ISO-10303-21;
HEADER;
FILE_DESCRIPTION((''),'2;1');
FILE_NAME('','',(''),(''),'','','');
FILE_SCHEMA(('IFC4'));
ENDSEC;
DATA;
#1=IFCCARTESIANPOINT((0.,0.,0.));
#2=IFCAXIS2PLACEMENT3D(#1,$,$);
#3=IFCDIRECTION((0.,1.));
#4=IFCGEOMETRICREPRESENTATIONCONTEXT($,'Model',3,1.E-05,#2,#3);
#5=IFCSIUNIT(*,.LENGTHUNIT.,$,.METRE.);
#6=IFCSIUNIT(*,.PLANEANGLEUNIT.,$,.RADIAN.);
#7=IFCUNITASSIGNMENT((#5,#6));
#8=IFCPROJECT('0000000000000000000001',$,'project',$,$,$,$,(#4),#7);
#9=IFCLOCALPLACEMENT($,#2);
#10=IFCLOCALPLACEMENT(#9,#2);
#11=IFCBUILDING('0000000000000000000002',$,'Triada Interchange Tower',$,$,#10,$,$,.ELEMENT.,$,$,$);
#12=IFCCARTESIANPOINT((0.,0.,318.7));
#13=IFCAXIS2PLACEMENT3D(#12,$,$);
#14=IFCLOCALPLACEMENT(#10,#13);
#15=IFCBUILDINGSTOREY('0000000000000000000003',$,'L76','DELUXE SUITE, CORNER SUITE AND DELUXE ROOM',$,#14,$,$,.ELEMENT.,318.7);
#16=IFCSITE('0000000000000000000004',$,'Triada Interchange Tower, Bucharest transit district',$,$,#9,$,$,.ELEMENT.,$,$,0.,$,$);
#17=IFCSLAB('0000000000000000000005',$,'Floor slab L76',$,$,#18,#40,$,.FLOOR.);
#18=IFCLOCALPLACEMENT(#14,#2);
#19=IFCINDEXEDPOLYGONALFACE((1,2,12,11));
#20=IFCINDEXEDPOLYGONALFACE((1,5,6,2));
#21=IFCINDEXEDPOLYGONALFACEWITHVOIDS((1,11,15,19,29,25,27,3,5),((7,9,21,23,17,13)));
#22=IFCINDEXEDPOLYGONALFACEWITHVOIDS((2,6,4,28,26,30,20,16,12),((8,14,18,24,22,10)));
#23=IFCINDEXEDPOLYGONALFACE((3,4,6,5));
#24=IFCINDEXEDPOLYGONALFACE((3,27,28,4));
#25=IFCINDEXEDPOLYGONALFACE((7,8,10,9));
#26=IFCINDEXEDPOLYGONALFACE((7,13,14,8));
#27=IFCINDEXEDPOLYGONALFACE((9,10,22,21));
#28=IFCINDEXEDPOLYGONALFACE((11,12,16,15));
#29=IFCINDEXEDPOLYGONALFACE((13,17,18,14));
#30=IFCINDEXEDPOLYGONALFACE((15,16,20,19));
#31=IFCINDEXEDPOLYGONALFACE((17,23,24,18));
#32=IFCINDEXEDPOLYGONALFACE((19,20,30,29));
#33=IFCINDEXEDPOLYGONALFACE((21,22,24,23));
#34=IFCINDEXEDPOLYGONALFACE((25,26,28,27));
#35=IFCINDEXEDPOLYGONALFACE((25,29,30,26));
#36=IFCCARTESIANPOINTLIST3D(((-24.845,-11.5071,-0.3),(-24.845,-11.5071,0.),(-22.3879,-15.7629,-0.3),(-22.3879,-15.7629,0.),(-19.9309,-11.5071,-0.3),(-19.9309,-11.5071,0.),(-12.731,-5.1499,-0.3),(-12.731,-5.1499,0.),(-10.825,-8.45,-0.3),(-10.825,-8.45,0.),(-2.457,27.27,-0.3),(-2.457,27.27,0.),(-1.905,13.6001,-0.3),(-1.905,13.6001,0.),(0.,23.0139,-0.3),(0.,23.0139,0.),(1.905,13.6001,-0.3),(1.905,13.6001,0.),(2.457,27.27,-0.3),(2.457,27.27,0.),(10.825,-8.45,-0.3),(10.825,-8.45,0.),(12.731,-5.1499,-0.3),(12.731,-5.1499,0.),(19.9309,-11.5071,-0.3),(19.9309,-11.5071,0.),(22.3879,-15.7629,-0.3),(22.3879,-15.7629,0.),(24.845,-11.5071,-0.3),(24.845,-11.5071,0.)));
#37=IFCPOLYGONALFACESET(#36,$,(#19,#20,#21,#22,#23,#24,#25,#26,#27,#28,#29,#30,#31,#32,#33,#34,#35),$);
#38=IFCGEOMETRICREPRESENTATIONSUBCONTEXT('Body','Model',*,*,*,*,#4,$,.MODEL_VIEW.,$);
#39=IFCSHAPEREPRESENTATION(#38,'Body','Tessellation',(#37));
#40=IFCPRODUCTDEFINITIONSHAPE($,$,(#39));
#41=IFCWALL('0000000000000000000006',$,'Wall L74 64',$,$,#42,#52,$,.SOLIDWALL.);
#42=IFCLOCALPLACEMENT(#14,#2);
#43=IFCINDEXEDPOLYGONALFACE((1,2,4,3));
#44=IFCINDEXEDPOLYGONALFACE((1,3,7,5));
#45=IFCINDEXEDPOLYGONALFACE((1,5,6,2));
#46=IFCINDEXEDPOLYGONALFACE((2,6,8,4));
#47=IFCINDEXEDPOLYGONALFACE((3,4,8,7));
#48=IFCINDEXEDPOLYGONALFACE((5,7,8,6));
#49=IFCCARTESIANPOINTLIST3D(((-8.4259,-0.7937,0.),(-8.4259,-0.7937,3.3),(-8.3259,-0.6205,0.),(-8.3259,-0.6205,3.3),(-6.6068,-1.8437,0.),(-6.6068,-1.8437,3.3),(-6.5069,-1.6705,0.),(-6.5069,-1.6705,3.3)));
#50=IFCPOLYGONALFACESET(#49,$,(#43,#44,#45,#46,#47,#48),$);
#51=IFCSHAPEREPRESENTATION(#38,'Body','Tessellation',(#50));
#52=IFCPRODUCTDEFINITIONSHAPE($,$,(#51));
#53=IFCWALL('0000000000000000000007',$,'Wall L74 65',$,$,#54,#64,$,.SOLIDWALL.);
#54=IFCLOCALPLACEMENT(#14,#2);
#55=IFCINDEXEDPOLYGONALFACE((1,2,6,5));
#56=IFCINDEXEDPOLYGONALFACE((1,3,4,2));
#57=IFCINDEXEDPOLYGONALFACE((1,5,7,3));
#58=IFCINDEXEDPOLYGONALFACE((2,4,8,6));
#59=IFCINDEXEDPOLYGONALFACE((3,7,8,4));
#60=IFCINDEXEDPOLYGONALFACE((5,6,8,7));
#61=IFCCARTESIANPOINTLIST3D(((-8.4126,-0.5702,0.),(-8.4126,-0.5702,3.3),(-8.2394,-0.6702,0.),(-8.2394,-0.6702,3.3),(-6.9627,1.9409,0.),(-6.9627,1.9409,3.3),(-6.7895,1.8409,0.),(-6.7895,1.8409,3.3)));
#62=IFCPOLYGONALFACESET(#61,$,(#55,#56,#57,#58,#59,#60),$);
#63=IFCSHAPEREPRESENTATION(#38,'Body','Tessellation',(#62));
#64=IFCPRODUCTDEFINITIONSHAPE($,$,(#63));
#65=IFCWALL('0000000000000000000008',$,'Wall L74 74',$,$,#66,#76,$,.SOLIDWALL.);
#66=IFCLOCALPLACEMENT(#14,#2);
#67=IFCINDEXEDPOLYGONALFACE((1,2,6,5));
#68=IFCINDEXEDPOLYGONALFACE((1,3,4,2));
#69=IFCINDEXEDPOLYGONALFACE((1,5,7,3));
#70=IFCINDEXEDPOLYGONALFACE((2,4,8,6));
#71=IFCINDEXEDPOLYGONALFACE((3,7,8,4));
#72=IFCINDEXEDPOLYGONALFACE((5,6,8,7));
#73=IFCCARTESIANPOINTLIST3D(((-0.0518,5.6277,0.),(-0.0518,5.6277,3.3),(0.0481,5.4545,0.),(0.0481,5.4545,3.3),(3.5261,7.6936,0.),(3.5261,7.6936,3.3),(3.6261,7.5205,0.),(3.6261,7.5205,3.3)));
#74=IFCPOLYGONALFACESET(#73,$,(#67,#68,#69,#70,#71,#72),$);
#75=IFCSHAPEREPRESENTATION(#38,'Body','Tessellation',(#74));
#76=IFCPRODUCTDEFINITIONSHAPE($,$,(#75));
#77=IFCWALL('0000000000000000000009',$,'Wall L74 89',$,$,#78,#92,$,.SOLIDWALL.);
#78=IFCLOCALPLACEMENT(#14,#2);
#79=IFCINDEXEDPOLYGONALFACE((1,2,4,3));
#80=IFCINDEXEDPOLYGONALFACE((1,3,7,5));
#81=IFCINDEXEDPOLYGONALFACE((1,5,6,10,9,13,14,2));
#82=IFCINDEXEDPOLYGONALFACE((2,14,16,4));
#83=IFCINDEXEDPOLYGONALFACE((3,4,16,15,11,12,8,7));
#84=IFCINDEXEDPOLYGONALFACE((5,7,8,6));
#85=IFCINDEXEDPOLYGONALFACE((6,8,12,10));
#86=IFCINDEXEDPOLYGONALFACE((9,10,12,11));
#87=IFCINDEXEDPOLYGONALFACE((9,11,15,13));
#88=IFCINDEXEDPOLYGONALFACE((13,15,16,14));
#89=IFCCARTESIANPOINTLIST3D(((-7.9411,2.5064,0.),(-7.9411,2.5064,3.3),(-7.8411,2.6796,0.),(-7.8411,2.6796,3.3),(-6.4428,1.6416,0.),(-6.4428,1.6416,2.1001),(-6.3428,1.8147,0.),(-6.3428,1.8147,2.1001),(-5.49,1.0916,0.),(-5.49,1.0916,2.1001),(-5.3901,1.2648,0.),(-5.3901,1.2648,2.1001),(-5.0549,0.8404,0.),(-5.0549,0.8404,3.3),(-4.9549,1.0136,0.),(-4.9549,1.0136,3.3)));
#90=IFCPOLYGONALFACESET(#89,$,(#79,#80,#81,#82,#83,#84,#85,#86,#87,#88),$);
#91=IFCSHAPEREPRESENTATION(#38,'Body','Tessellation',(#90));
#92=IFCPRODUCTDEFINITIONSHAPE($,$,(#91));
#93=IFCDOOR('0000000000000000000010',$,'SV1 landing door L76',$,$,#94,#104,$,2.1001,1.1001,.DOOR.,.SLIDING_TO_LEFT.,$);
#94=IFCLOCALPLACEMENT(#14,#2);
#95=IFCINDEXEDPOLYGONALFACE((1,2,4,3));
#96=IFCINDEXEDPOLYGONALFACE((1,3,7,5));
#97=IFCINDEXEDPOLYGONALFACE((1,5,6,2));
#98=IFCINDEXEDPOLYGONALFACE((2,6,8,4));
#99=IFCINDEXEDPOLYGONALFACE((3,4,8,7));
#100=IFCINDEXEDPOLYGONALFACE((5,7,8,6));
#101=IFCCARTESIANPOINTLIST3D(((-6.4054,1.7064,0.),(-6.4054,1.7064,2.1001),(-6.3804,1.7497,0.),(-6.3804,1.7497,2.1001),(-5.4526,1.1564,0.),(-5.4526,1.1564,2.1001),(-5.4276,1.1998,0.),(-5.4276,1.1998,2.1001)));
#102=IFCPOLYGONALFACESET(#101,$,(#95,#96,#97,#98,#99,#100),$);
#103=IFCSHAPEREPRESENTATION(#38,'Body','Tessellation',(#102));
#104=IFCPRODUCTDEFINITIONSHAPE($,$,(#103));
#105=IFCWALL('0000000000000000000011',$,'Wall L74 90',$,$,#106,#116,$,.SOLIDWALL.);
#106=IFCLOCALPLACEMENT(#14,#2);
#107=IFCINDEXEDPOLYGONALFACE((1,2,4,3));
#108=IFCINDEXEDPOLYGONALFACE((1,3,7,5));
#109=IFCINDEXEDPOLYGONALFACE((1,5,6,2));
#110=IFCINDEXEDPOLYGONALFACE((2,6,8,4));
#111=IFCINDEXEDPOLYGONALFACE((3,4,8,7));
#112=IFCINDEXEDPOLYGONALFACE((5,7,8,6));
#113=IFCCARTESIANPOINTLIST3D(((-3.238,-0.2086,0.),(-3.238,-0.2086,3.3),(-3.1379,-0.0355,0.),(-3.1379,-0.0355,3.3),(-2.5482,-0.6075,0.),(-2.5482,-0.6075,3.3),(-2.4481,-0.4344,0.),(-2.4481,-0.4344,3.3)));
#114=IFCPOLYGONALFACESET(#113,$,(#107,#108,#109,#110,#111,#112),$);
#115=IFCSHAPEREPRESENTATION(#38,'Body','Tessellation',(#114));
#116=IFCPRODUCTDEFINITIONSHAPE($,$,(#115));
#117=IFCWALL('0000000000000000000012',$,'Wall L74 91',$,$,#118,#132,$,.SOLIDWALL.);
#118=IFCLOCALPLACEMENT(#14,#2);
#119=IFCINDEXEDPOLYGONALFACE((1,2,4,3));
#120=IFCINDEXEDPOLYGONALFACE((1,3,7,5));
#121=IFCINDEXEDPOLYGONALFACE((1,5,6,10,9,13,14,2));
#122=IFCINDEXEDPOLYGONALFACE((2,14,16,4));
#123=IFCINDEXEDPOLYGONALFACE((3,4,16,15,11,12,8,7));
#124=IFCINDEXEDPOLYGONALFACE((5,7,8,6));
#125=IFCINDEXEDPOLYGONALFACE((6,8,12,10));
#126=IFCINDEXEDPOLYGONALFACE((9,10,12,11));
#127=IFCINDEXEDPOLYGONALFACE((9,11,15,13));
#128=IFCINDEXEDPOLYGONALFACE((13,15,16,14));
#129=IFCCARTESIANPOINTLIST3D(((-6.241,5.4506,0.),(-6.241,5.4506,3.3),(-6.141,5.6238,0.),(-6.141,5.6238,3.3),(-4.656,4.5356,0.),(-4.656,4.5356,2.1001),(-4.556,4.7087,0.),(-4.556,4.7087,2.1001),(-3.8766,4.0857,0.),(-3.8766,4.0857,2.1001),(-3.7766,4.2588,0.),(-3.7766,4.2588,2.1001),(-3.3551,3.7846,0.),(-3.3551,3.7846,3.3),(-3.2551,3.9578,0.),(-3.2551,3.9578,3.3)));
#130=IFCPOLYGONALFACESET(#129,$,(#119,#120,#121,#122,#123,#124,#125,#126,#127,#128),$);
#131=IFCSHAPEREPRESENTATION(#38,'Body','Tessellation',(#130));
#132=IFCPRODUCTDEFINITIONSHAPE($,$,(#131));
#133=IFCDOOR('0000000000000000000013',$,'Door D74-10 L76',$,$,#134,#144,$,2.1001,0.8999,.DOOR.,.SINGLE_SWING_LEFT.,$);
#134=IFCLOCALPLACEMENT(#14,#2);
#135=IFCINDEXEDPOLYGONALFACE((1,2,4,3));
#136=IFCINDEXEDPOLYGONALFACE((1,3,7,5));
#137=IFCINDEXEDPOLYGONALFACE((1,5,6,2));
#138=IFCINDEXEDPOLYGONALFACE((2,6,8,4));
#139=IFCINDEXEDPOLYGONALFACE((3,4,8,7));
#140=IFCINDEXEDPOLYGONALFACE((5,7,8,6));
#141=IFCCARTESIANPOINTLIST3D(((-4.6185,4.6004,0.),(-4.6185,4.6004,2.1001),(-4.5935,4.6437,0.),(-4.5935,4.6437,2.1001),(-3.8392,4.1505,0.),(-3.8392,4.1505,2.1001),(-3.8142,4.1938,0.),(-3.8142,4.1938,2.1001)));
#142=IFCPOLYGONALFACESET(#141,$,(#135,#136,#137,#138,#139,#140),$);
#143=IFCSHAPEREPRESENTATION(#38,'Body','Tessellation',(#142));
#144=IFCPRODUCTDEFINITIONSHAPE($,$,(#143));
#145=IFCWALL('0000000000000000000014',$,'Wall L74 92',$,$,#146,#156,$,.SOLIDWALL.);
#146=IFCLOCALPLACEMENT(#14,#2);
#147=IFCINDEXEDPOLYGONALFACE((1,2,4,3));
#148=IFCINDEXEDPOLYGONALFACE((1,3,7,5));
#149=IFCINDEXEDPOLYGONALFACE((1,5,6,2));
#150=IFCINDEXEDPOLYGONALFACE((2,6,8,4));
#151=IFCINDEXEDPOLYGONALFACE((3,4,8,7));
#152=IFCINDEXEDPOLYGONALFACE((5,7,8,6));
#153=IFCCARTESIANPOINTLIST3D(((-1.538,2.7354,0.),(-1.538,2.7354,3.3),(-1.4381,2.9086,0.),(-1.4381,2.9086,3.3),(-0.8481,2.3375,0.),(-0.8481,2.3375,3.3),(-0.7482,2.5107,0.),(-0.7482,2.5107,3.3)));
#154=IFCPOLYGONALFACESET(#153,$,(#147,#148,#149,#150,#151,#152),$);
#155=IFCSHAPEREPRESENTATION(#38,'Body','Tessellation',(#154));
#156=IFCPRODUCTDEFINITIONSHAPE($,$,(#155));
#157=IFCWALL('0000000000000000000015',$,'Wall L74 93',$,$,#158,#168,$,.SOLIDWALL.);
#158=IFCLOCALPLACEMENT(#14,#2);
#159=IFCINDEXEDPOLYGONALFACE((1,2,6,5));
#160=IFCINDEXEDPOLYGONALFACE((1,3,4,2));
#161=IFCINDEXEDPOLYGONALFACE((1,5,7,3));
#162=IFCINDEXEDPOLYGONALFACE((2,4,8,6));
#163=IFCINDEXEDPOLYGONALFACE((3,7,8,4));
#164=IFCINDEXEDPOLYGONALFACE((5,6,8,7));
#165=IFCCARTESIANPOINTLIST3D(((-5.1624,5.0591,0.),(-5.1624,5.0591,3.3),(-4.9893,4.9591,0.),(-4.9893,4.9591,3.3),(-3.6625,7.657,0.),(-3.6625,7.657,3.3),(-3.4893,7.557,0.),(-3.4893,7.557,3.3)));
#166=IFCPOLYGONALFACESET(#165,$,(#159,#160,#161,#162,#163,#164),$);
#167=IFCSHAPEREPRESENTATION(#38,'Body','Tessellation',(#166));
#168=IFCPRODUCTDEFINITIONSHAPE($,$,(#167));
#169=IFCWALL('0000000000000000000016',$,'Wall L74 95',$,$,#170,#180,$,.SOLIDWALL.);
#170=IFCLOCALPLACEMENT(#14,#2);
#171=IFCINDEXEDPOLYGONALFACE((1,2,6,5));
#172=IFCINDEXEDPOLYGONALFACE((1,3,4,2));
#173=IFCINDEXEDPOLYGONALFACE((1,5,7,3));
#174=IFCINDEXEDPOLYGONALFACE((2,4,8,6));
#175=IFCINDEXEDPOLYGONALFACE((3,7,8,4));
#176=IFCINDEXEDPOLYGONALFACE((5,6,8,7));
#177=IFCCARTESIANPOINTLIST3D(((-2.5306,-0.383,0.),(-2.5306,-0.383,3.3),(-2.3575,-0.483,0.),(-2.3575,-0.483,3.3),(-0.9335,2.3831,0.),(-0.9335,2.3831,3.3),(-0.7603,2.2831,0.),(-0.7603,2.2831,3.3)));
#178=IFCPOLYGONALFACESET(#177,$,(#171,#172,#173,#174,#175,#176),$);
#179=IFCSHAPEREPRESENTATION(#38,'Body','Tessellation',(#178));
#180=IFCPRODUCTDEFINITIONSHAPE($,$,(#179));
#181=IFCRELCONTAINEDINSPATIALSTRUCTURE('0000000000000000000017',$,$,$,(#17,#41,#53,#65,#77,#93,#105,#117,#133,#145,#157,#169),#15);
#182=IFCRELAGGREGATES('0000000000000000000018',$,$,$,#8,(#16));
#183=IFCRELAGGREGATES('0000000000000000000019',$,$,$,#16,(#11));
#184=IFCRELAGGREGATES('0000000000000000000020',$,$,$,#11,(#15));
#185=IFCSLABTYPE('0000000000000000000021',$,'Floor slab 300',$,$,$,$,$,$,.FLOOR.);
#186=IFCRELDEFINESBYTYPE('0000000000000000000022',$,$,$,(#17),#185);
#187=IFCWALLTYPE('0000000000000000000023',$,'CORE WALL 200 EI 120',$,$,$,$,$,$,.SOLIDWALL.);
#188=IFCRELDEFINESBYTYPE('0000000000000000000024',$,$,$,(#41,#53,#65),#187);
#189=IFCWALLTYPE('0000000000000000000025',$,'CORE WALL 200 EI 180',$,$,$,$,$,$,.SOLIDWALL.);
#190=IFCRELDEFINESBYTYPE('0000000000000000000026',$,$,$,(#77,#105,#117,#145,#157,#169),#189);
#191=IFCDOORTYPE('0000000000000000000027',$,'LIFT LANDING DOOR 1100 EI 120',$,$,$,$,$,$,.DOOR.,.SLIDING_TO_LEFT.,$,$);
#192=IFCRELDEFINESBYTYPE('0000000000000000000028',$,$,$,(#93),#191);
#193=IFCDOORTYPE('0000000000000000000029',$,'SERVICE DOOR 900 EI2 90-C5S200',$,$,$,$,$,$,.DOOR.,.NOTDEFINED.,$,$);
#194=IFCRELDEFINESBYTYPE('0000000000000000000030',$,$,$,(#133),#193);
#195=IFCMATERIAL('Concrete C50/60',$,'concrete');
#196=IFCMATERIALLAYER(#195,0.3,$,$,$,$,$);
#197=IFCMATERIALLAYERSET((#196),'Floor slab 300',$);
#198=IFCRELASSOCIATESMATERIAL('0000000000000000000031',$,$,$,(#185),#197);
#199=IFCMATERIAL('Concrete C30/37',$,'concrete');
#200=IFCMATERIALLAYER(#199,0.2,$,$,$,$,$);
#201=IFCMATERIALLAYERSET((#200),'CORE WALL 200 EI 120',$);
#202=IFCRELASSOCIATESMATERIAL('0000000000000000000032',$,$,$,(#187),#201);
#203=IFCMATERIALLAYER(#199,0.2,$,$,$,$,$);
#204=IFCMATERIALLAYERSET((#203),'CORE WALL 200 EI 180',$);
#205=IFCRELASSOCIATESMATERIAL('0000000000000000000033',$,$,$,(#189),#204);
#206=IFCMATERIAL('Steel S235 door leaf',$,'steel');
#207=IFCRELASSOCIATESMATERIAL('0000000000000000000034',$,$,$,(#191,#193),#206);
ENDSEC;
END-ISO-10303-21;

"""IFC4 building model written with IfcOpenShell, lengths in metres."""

from ifc_helpers import new_model, si_unit, direction, frame, frame_2d, origin, place, context, subcontext, project, spatial, polyline, rectangle, outline, extrude, material, layer, layer_set, type_object, element, fill, save


model = new_model("IFC4")

# Units and contexts
model_context = context("Model", 3, precision=1e-05, world=origin(), true_north=direction((0.0, 1.0)))
body_context = subcontext(model_context, "Body", "Model", "MODEL_VIEW")
ifc_project = project(units=[si_unit("LENGTHUNIT", "METRE"), si_unit("PLANEANGLEUNIT", "RADIAN")], contexts=[model_context])

# Site, building, storey
site_placement = place(None, origin())
site = spatial("IfcSite", under=ifc_project, at=site_placement, Name="Triada Interchange Tower, Bucharest transit district", CompositionType="ELEMENT", RefElevation=0.0)
building_placement = place(site_placement, origin())
building = spatial("IfcBuilding", under=site, at=building_placement, Name="Triada Interchange Tower", CompositionType="ELEMENT")
storey_placement = place(building_placement, frame((0.0, 0.0, 318.7)))
storey = spatial("IfcBuildingStorey", under=building, at=storey_placement, Name="L76", Description="DELUXE SUITE, CORNER SUITE AND DELUXE ROOM", CompositionType="ELEMENT", Elevation=318.7)

# Slab
ifc_material_1 = material(Name="Concrete C50/60", Category="concrete")
ifc_layer_1 = layer(ifc_material_1, 0.3)
ifc_layer_set_1 = layer_set([ifc_layer_1], Name="Floor slab 300")
slab_type = type_object("IfcSlabType", Name="Floor slab 300", PredefinedType="FLOOR", material=ifc_layer_set_1)
slab_placement = place(storey_placement, frame((0.0, 0.0, -0.3)))
element("IfcSlab", 1, at=slab_placement, inside=storey, type_object=slab_type, Name="Floor slab L76", PredefinedType="FLOOR", context=body_context, shape_type="SweptSolid", body=[
    extrude(outline(polyline([(-2.457, 27.27), (-24.845, -11.5071), (-19.9309, -11.5071), (-22.3879, -15.7629), (22.3879, -15.7629), (19.9309, -11.5071), (24.845, -11.5071), (2.457, 27.27), (0.0, 23.0139), (-2.457, 27.27)]), holes=[polyline([(1.905, 13.6001), (-1.905, 13.6001), (-12.731, -5.1499), (-10.825, -8.45), (10.825, -8.45), (12.731, -5.1499), (1.905, 13.6001)])]), origin(), (0.0, 0.0, 1.0), 0.3),
])

# Walls
ifc_material_2 = material(Name="Concrete C30/37", Category="concrete")
ifc_layer_2 = layer(ifc_material_2, 0.2)
ifc_layer_set_2 = layer_set([ifc_layer_2], Name="CORE WALL 200 EI 120")
wall_type_1 = type_object("IfcWallType", Name="CORE WALL 200 EI 120", PredefinedType="SOLIDWALL", material=ifc_layer_set_2)
wall_1_placement = place(storey_placement, frame((-8.376, -0.707, 0.0), z_axis=(0.0, 0.0, 1.0), x_axis=(0.866068, -0.499927, 0.0)))
element("IfcWall", 2, at=wall_1_placement, inside=storey, type_object=wall_type_1, Name="Wall L74 64", PredefinedType="SOLIDWALL", context=body_context, shape_type="SweptSolid", body=[
    extrude(rectangle(XDim=2.1003, YDim=0.2, at=frame_2d((1.0503, 0.0))), origin(), (0.0, 0.0, 1.0), 3.3),
])
wall_2_placement = place(storey_placement, frame((-8.3259, -0.6201, 0.0), z_axis=(0.0, 0.0, 1.0), x_axis=(0.500024, 0.866012, 0.0)))
element("IfcWall", 3, at=wall_2_placement, inside=storey, type_object=wall_type_1, Name="Wall L74 65", PredefinedType="SOLIDWALL", context=body_context, shape_type="SweptSolid", body=[
    extrude(rectangle(XDim=2.8997, YDim=0.2, at=frame_2d((1.4497, 0.0))), origin(), (0.0, 0.0, 1.0), 3.3),
])
wall_3_placement = place(storey_placement, frame((-0.002, 5.541, 0.0), z_axis=(0.0, 0.0, 1.0), x_axis=(0.866002, 0.500041, 0.0)))
element("IfcWall", 4, at=wall_3_placement, inside=storey, type_object=wall_type_1, Name="Wall L74 74", PredefinedType="SOLIDWALL", context=body_context, shape_type="SweptSolid", body=[
    extrude(rectangle(XDim=4.1316, YDim=0.2, at=frame_2d((2.0659, 0.0))), origin(), (0.0, 0.0, 1.0), 3.3),
])

# Wall, opening, door
ifc_layer_3 = layer(ifc_material_2, 0.2)
ifc_layer_set_3 = layer_set([ifc_layer_3], Name="CORE WALL 200 EI 180")
wall_type_2 = type_object("IfcWallType", Name="CORE WALL 200 EI 180", PredefinedType="SOLIDWALL", material=ifc_layer_set_3)
wall_4_placement = place(storey_placement, frame((-7.8911, 2.593, 0.0), z_axis=(0.0, 0.0, 1.0), x_axis=(0.866071, -0.499921, 0.0)))
wall_4 = element("IfcWall", 5, at=wall_4_placement, inside=storey, type_object=wall_type_2, Name="Wall L74 89", PredefinedType="SOLIDWALL", context=body_context, shape_type="SweptSolid", body=[
    extrude(rectangle(XDim=3.3325, YDim=0.2, at=frame_2d((1.6663, 0.0))), origin(), (0.0, 0.0, 1.0), 3.3),
])
opening_1_placement = place(wall_4_placement, frame((1.73, 0.0, 0.0)))
opening_1 = element("IfcOpeningElement", 6, at=opening_1_placement, cuts=wall_4, PredefinedType="OPENING", context=body_context, shape_type="SweptSolid", body=[
    extrude(rectangle(XDim=1.1001, YDim=2.1001, at=frame_2d((0.55, 1.05))), frame((0.0, 0.1099, 0.0), z_axis=(0.0, -1.0, 0.0), x_axis=(1.0, 0.0, 0.0)), (0.0, 0.0, 1.0), 0.22),
])
ifc_material_3 = material(Name="Steel S235 door leaf", Category="steel")
door_type_1 = type_object("IfcDoorType", Name="LIFT LANDING DOOR 1100 EI 120", OperationType="SLIDING_TO_LEFT", PredefinedType="DOOR", material=ifc_material_3)
door_1_placement = place(opening_1_placement, origin())
door_1 = element("IfcDoor", 7, at=door_1_placement, inside=storey, type_object=door_type_1, Name="SV1 landing door L76", OperationType="SLIDING_TO_LEFT", OverallHeight=2.1001, OverallWidth=1.1001, PredefinedType="DOOR", context=body_context, shape_type="SweptSolid", body=[
    extrude(rectangle(XDim=1.1001, YDim=2.1001, at=frame_2d((0.55, 1.05))), frame((0.0, 0.0249, 0.0), z_axis=(0.0, -1.0, 0.0), x_axis=(1.0, 0.0, 0.0)), (0.0, 0.0, 1.0), 0.05),
])
fill(opening_1, door_1)

# Wall
wall_5_placement = place(storey_placement, frame((-3.188, -0.1221, 0.0), z_axis=(0.0, 0.0, 1.0), x_axis=(0.865706, -0.500553, 0.0)))
element("IfcWall", 8, at=wall_5_placement, inside=storey, type_object=wall_type_2, Name="Wall L74 90", PredefinedType="SOLIDWALL", context=body_context, shape_type="SweptSolid", body=[
    extrude(rectangle(XDim=0.7969, YDim=0.2, at=frame_2d((0.3984, 0.0))), origin(), (0.0, 0.0, 1.0), 3.3),
])

# Wall, opening, door
wall_6_placement = place(storey_placement, frame((-6.1909, 5.5371, 0.0), z_axis=(0.0, 0.0, 1.0), x_axis=(0.866053, -0.499953, 0.0)))
wall_6 = element("IfcWall", 9, at=wall_6_placement, inside=storey, type_object=wall_type_2, Name="Wall L74 91", PredefinedType="SOLIDWALL", context=body_context, shape_type="SweptSolid", body=[
    extrude(rectangle(XDim=3.3323, YDim=0.2, at=frame_2d((1.666, 0.0))), origin(), (0.0, 0.0, 1.0), 3.3),
])
opening_2_placement = place(wall_6_placement, frame((1.8301, 0.0, 0.0)))
opening_2 = element("IfcOpeningElement", 10, at=opening_2_placement, cuts=wall_6, PredefinedType="OPENING", context=body_context, shape_type="SweptSolid", body=[
    extrude(rectangle(XDim=0.8999, YDim=2.1001, at=frame_2d((0.45, 1.05))), frame((0.0, 0.1099, 0.0), z_axis=(0.0, -1.0, 0.0), x_axis=(1.0, 0.0, 0.0)), (0.0, 0.0, 1.0), 0.22),
])
door_type_2 = type_object("IfcDoorType", Name="SERVICE DOOR 900 EI2 90-C5S200", OperationType="NOTDEFINED", PredefinedType="DOOR", material=ifc_material_3)
door_2_placement = place(opening_2_placement, origin())
door_2 = element("IfcDoor", 11, at=door_2_placement, inside=storey, type_object=door_type_2, Name="Door D74-10 L76", OperationType="SINGLE_SWING_LEFT", OverallHeight=2.1001, OverallWidth=0.8999, PredefinedType="DOOR", context=body_context, shape_type="SweptSolid", body=[
    extrude(rectangle(XDim=0.8999, YDim=2.1001, at=frame_2d((0.45, 1.05))), frame((0.0, 0.0249, 0.0), z_axis=(0.0, -1.0, 0.0), x_axis=(1.0, 0.0, 0.0)), (0.0, 0.0, 1.0), 0.05),
])
fill(opening_2, door_2)

# Walls
wall_7_placement = place(storey_placement, frame((-1.488, 2.822, 0.0), z_axis=(0.0, 0.0, 1.0), x_axis=(0.866237, -0.499634, 0.0)))
element("IfcWall", 12, at=wall_7_placement, inside=storey, type_object=wall_type_2, Name="Wall L74 92", PredefinedType="SOLIDWALL", context=body_context, shape_type="SweptSolid", body=[
    extrude(rectangle(XDim=0.7964, YDim=0.2, at=frame_2d((0.3982, 0.0))), origin(), (0.0, 0.0, 1.0), 3.3),
])
wall_8_placement = place(storey_placement, frame((-5.0759, 5.009, 0.0), z_axis=(0.0, 0.0, 1.0), x_axis=(0.500025, 0.866011, 0.0)))
element("IfcWall", 13, at=wall_8_placement, inside=storey, type_object=wall_type_2, Name="Wall L74 93", PredefinedType="SOLIDWALL", context=body_context, shape_type="SweptSolid", body=[
    extrude(rectangle(XDim=2.9998, YDim=0.2, at=frame_2d((1.5, 0.0))), origin(), (0.0, 0.0, 1.0), 3.3),
])
wall_9_placement = place(storey_placement, frame((-2.4441, -0.4331, 0.0), z_axis=(0.0, 0.0, 1.0), x_axis=(0.500036, 0.866005, 0.0)))
element("IfcWall", 14, at=wall_9_placement, inside=storey, type_object=wall_type_2, Name="Wall L74 95", PredefinedType="SOLIDWALL", context=body_context, shape_type="SweptSolid", body=[
    extrude(rectangle(XDim=3.1941, YDim=0.2, at=frame_2d((1.5972, 0.0))), origin(), (0.0, 0.0, 1.0), 3.3),
])

save(model, "model.ifc")
